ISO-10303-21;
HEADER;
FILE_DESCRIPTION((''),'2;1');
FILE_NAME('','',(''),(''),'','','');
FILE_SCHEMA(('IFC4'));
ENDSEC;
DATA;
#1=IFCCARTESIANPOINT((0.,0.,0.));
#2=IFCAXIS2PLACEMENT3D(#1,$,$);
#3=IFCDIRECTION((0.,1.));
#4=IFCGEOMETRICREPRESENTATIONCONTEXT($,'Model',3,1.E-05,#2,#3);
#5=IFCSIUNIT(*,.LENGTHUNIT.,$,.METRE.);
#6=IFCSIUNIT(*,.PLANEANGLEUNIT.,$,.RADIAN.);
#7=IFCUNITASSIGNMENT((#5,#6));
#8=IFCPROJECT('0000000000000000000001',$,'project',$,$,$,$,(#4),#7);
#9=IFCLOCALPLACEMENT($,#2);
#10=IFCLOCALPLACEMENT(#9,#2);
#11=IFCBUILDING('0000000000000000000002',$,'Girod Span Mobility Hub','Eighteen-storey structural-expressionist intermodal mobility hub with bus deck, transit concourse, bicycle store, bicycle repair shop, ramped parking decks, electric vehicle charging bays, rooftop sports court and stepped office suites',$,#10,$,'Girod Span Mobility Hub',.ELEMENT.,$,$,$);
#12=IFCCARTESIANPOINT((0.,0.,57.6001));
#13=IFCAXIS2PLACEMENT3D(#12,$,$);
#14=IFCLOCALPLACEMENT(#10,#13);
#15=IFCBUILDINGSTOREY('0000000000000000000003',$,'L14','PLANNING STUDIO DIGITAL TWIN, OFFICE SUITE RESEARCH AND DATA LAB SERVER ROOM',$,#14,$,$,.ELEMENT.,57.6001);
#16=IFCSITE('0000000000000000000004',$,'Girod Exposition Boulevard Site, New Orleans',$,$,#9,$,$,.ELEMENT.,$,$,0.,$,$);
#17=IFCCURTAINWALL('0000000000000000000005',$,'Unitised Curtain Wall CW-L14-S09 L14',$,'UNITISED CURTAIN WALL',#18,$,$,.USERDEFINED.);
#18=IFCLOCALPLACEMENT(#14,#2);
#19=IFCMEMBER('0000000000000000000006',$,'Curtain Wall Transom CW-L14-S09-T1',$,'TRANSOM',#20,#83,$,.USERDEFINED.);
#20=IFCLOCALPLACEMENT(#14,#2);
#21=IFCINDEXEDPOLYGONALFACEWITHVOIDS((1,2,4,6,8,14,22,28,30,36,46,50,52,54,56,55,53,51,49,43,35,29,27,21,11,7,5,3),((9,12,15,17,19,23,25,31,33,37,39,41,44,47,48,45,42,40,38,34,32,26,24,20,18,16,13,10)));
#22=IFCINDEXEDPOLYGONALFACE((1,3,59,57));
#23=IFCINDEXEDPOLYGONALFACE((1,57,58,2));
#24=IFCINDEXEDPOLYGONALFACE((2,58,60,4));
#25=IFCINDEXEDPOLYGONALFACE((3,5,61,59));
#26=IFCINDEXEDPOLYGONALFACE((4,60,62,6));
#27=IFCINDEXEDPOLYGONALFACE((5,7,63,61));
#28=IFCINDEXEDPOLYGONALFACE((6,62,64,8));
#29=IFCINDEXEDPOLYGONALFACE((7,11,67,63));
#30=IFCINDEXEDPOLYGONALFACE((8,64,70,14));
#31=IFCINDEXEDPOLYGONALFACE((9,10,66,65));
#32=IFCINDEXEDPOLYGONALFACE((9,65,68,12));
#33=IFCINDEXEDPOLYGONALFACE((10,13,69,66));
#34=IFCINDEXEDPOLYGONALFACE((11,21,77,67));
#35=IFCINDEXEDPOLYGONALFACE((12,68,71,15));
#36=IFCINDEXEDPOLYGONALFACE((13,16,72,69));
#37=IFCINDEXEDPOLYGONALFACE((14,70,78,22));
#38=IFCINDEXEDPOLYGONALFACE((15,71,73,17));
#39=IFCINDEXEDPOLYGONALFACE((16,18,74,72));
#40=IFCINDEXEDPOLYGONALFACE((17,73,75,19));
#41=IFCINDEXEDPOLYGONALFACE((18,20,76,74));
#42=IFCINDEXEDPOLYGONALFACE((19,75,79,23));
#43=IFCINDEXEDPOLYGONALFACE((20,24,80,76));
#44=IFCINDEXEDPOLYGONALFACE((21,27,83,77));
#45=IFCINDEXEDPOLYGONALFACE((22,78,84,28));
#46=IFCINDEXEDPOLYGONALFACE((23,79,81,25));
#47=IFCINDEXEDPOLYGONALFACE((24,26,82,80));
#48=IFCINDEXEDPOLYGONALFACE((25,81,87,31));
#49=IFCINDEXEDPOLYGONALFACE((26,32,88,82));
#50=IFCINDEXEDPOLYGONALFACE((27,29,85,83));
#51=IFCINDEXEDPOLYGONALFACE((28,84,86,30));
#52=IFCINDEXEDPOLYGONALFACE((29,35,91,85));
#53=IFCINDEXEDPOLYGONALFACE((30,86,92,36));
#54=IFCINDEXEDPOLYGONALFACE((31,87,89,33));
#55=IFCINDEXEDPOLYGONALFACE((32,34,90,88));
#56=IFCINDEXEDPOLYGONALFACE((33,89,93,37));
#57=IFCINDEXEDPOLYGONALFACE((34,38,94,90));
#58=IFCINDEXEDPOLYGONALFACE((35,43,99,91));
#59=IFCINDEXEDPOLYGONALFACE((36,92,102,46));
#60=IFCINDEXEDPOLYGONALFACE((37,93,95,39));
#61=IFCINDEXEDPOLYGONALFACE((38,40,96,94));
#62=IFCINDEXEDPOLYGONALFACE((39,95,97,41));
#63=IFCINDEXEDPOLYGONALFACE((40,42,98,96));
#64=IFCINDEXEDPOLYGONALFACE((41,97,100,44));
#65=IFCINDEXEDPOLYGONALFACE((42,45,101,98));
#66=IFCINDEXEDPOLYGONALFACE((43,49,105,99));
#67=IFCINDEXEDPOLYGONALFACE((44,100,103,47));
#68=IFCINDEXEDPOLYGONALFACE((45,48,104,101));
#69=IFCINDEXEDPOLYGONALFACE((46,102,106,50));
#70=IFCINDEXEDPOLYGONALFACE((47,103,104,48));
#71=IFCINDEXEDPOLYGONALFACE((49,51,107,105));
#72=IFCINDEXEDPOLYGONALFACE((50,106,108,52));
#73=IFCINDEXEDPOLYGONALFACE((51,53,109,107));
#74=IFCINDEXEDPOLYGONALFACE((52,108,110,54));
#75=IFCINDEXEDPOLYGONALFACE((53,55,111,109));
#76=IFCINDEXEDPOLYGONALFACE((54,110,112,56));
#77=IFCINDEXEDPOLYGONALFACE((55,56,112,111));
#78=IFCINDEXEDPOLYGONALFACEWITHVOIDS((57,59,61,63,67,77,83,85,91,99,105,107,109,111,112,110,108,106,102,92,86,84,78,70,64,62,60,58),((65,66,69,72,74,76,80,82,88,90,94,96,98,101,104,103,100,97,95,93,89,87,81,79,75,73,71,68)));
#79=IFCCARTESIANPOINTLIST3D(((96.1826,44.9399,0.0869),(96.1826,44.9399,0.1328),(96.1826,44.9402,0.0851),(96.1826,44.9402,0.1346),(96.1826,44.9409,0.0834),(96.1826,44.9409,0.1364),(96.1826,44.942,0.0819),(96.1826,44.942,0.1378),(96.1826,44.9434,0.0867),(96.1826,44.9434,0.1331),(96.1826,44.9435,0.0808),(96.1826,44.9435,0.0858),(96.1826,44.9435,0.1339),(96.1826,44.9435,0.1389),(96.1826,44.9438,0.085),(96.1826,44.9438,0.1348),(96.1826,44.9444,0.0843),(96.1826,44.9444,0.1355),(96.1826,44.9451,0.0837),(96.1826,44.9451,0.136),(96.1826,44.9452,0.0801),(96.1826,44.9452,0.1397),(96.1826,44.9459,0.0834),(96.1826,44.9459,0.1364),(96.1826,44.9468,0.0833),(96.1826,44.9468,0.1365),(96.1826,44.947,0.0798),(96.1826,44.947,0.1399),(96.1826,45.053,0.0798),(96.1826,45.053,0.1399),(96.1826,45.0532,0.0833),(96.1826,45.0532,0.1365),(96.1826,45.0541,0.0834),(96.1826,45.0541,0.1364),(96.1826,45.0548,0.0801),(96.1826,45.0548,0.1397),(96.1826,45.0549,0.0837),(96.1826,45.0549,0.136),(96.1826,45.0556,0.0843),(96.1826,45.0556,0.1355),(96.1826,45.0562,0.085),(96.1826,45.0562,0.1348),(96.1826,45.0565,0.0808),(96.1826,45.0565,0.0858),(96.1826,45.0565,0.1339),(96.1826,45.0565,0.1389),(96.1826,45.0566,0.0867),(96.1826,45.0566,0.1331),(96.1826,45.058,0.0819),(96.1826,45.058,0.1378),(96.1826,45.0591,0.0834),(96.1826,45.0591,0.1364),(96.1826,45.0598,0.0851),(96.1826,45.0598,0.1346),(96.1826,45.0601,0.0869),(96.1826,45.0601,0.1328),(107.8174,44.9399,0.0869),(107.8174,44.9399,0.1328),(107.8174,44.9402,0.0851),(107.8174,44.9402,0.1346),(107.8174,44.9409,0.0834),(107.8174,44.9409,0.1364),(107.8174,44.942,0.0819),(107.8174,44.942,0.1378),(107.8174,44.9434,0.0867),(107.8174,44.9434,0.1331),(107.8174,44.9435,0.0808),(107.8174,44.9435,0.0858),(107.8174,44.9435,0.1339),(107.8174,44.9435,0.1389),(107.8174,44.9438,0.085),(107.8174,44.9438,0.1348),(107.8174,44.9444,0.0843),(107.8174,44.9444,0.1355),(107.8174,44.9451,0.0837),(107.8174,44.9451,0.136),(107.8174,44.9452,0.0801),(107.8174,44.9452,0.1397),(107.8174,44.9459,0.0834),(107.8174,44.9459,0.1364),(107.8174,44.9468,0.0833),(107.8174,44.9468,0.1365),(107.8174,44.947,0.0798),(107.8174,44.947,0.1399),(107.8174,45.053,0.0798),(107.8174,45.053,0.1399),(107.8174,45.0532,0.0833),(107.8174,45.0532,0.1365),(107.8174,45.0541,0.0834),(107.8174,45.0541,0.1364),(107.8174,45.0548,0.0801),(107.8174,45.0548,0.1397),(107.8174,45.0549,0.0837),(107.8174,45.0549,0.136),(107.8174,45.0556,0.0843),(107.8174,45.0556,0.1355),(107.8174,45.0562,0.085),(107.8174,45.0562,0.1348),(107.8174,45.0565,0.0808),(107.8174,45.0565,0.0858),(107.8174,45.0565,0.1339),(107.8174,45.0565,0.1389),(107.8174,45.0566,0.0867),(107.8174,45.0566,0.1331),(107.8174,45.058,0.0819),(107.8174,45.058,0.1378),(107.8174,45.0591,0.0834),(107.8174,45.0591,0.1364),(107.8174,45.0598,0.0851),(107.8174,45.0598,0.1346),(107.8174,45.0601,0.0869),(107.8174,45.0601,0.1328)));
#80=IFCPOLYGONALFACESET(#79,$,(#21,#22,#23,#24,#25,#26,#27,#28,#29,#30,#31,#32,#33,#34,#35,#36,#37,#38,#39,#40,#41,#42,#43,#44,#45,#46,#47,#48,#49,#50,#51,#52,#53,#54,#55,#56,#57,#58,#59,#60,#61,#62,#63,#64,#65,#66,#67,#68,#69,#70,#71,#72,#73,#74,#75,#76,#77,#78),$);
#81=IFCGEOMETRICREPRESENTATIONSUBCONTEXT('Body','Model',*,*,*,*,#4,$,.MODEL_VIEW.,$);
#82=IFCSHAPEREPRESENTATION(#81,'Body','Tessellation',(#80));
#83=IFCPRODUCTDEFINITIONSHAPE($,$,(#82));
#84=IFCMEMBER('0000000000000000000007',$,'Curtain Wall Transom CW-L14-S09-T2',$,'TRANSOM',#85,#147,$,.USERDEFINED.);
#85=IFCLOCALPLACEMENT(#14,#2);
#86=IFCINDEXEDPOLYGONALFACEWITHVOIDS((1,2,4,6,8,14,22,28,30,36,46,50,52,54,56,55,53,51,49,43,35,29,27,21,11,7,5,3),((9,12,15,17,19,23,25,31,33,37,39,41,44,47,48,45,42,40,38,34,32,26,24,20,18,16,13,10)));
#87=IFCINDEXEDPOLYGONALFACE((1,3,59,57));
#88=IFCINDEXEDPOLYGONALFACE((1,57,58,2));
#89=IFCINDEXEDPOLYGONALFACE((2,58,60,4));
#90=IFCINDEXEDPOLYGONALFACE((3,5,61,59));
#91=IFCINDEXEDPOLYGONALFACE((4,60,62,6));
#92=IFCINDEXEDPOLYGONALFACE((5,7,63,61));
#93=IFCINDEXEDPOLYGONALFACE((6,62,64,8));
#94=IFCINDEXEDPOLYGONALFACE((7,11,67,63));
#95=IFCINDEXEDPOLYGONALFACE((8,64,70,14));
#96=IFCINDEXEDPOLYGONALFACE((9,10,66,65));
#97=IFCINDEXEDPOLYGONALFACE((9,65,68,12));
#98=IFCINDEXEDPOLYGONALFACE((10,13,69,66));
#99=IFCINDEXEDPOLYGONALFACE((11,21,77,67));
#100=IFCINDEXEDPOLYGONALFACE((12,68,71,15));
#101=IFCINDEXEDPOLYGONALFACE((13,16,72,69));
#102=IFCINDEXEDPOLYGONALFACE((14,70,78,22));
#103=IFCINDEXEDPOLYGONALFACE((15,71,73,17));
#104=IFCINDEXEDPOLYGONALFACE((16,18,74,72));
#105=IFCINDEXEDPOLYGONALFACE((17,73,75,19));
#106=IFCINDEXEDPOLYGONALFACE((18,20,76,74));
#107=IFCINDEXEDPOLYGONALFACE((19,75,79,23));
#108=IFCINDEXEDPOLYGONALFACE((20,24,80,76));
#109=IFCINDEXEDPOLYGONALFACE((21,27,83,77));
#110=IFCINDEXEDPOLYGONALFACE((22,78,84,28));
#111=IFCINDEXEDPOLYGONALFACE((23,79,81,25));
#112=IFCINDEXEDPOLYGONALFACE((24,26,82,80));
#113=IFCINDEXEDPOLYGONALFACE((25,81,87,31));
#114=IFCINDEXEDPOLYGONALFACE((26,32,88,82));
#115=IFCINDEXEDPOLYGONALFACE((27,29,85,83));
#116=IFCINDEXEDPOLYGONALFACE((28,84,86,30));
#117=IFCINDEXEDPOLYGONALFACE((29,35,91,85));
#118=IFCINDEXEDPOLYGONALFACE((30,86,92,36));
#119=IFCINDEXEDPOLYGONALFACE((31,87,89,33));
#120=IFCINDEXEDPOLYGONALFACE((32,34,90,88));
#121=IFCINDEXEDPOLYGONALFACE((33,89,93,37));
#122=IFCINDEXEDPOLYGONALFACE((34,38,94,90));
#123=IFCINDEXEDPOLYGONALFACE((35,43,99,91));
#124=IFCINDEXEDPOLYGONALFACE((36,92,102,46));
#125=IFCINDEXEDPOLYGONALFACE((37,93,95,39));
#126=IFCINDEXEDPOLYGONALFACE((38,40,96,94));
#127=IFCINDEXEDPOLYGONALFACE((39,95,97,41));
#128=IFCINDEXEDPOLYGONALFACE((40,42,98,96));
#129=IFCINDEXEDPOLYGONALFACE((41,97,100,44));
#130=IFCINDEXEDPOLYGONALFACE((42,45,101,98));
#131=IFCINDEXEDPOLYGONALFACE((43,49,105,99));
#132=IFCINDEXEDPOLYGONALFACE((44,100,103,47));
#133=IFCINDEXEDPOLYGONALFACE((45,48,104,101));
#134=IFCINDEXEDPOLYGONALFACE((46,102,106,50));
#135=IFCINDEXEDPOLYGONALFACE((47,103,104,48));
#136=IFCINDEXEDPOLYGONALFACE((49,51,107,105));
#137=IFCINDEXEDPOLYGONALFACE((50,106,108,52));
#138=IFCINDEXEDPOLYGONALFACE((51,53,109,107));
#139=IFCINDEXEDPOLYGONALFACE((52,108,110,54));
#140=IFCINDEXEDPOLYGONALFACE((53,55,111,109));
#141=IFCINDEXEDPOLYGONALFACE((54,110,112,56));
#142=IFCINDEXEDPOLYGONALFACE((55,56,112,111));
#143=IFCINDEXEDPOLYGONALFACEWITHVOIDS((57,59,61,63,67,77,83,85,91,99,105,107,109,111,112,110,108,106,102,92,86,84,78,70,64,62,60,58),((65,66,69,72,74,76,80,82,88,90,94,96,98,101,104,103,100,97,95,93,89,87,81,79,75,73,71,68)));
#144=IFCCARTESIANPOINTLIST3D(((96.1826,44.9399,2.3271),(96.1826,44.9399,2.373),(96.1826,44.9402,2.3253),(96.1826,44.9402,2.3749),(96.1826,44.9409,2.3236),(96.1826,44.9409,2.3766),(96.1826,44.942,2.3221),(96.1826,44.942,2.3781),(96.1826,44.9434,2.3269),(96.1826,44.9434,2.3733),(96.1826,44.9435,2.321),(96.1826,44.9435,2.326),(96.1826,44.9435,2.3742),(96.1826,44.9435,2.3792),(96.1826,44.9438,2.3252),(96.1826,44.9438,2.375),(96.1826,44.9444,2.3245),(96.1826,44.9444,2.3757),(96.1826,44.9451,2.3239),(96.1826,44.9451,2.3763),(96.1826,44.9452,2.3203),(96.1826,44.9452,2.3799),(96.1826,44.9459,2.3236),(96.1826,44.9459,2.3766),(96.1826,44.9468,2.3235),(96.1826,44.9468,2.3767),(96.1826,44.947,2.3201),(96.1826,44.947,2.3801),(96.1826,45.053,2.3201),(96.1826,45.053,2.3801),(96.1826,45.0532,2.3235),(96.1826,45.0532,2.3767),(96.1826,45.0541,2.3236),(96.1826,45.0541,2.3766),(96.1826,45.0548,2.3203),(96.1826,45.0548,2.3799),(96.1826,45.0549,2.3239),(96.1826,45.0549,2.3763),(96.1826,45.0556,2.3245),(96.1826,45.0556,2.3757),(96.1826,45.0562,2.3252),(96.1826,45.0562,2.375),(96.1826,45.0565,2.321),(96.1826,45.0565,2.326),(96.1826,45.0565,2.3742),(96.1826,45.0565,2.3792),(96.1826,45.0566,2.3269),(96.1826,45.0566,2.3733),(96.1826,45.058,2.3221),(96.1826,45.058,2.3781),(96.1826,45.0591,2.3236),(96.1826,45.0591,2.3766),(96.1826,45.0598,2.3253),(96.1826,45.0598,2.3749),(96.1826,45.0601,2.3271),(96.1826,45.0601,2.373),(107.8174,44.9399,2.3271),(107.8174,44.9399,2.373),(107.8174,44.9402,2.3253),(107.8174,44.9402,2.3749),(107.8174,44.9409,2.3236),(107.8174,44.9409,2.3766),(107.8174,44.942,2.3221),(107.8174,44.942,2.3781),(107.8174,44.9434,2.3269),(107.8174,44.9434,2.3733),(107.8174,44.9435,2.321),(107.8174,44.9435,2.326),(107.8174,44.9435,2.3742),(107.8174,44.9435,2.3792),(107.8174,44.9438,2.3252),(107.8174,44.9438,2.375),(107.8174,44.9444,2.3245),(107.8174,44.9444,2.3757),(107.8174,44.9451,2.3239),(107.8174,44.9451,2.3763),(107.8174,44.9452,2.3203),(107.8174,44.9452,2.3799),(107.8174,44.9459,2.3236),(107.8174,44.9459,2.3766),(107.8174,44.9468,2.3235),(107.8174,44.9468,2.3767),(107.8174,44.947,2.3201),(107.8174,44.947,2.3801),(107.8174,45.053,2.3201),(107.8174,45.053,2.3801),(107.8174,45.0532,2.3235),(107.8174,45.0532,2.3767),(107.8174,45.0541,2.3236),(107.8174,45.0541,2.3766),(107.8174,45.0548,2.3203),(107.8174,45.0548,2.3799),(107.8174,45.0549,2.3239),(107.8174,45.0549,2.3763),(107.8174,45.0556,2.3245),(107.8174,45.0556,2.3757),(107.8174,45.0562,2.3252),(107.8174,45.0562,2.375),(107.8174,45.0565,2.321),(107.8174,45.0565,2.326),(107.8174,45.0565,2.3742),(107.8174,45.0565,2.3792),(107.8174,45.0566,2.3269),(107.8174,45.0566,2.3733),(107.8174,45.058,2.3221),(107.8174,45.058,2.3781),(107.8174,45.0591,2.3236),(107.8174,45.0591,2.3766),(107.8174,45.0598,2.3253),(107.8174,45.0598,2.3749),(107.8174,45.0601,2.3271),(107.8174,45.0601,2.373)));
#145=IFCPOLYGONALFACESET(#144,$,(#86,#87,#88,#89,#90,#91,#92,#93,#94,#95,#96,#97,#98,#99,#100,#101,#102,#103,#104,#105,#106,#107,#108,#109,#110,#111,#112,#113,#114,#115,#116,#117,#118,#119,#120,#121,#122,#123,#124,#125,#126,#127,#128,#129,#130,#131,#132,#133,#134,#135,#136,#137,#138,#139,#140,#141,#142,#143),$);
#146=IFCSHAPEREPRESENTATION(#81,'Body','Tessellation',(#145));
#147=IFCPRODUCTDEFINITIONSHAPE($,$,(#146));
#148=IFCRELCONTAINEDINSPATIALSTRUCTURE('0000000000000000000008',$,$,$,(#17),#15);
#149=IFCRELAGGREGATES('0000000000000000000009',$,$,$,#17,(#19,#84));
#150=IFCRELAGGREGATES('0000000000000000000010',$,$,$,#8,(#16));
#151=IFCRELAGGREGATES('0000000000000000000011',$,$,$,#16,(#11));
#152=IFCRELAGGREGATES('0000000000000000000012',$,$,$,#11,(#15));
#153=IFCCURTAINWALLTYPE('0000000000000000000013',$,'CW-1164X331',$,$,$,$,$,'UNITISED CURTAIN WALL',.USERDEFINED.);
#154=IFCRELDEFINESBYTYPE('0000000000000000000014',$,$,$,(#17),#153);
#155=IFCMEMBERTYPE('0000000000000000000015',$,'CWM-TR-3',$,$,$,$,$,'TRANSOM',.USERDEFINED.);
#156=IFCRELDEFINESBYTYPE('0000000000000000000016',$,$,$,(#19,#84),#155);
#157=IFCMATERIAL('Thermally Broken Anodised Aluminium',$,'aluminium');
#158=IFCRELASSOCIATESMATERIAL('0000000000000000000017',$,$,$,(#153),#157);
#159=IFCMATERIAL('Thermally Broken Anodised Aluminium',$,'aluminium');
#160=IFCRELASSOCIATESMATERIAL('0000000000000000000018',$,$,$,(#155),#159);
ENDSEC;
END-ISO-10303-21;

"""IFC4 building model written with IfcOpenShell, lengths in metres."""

from ifc_helpers import new_model, si_unit, direction, frame, origin, origin_2d, place, context, subcontext, project, spatial, hollow_rectangle, extrude, material, material_profile, profile_set, type_object, element, aggregate, save


model = new_model("IFC4")

# Units and contexts
model_context = context("Model", 3, precision=1e-05, world=origin(), true_north=direction((0.0, 1.0)))
body_context = subcontext(model_context, "Body", "Model", "MODEL_VIEW")
ifc_project = project(units=[si_unit("LENGTHUNIT", "METRE"), si_unit("PLANEANGLEUNIT", "RADIAN")], contexts=[model_context])

# Site, building, storey
site_placement = place(None, origin())
site = spatial("IfcSite", under=ifc_project, at=site_placement, Name="Girod Exposition Boulevard Site, New Orleans", CompositionType="ELEMENT", RefElevation=0.0)
building_placement = place(site_placement, origin())
building = spatial("IfcBuilding", under=site, at=building_placement, Name="Girod Span Mobility Hub", Description="Eighteen-storey structural-expressionist intermodal mobility hub with bus deck, transit concourse, bicycle store, bicycle repair shop, ramped parking decks, electric vehicle charging bays, rooftop sports court and stepped office suites", LongName="Girod Span Mobility Hub", CompositionType="ELEMENT")
storey_placement = place(building_placement, frame((0.0, 0.0, 57.6001)))
storey = spatial("IfcBuildingStorey", under=building, at=storey_placement, Name="L14", Description="PLANNING STUDIO DIGITAL TWIN, OFFICE SUITE RESEARCH AND DATA LAB SERVER ROOM", CompositionType="ELEMENT", Elevation=57.6001)

# Shared definitions
ifc_material_1 = material(Name="Thermally Broken Anodised Aluminium", Category="aluminium")
curtain_wall_type = type_object("IfcCurtainWallType", Name="CW-1164X331", ElementType="UNITISED CURTAIN WALL", PredefinedType="USERDEFINED", material=ifc_material_1)

# Curtain wall, members
curtain_wall_1_placement = place(storey_placement, origin())
curtain_wall_1 = element("IfcCurtainWall", 1, at=curtain_wall_1_placement, inside=storey, type_object=curtain_wall_type, Name="Unitised Curtain Wall CW-L14-S09 L14", ObjectType="UNITISED CURTAIN WALL", PredefinedType="USERDEFINED")
ifc_material_2 = material(Name="Thermally Broken Anodised Aluminium", Category="aluminium")
ifc_material_profile_1 = material_profile(ifc_material_2, hollow_rectangle(XDim=0.1201, YDim=0.0601, WallThickness=0.0034, InnerFilletRadius=0.0034, OuterFilletRadius=0.0071, at=origin_2d()), Name="CW-TR-60X120")
ifc_profile_set_1 = profile_set([ifc_material_profile_1], Name="Thermally Broken Anodised Aluminium")
member_type_1 = type_object("IfcMemberType", Name="CWM-TR-3", ElementType="TRANSOM", PredefinedType="USERDEFINED", material=ifc_profile_set_1)
member_1_placement = place(storey_placement, frame((96.1826, 45.0, 0.1099), z_axis=(1.0, 0.0, 0.0), x_axis=(0.0, 1.0, 0.0)))
member_1 = element("IfcMember", 2, at=member_1_placement, type_object=member_type_1, Name="Curtain Wall Transom CW-L14-S09-T1", ObjectType="TRANSOM", PredefinedType="USERDEFINED", context=body_context, shape_type="SweptSolid", body=[
    extrude(hollow_rectangle(XDim=0.1201, YDim=0.0601, WallThickness=0.0034, InnerFilletRadius=0.0034, OuterFilletRadius=0.0071, at=origin_2d()), origin(), (0.0, 0.0, 1.0), 11.6348),
])
member_2_placement = place(storey_placement, frame((96.1826, 45.0, 2.3501), z_axis=(1.0, 0.0, 0.0), x_axis=(0.0, 1.0, 0.0)))
member_2 = element("IfcMember", 3, at=member_2_placement, type_object=member_type_1, Name="Curtain Wall Transom CW-L14-S09-T2", ObjectType="TRANSOM", PredefinedType="USERDEFINED", context=body_context, shape_type="SweptSolid", body=[
    extrude(hollow_rectangle(XDim=0.1201, YDim=0.0601, WallThickness=0.0034, InnerFilletRadius=0.0034, OuterFilletRadius=0.0071, at=origin_2d()), origin(), (0.0, 0.0, 1.0), 11.6348),
])

aggregate(curtain_wall_1, [member_1, member_2])

save(model, "model.ifc")
